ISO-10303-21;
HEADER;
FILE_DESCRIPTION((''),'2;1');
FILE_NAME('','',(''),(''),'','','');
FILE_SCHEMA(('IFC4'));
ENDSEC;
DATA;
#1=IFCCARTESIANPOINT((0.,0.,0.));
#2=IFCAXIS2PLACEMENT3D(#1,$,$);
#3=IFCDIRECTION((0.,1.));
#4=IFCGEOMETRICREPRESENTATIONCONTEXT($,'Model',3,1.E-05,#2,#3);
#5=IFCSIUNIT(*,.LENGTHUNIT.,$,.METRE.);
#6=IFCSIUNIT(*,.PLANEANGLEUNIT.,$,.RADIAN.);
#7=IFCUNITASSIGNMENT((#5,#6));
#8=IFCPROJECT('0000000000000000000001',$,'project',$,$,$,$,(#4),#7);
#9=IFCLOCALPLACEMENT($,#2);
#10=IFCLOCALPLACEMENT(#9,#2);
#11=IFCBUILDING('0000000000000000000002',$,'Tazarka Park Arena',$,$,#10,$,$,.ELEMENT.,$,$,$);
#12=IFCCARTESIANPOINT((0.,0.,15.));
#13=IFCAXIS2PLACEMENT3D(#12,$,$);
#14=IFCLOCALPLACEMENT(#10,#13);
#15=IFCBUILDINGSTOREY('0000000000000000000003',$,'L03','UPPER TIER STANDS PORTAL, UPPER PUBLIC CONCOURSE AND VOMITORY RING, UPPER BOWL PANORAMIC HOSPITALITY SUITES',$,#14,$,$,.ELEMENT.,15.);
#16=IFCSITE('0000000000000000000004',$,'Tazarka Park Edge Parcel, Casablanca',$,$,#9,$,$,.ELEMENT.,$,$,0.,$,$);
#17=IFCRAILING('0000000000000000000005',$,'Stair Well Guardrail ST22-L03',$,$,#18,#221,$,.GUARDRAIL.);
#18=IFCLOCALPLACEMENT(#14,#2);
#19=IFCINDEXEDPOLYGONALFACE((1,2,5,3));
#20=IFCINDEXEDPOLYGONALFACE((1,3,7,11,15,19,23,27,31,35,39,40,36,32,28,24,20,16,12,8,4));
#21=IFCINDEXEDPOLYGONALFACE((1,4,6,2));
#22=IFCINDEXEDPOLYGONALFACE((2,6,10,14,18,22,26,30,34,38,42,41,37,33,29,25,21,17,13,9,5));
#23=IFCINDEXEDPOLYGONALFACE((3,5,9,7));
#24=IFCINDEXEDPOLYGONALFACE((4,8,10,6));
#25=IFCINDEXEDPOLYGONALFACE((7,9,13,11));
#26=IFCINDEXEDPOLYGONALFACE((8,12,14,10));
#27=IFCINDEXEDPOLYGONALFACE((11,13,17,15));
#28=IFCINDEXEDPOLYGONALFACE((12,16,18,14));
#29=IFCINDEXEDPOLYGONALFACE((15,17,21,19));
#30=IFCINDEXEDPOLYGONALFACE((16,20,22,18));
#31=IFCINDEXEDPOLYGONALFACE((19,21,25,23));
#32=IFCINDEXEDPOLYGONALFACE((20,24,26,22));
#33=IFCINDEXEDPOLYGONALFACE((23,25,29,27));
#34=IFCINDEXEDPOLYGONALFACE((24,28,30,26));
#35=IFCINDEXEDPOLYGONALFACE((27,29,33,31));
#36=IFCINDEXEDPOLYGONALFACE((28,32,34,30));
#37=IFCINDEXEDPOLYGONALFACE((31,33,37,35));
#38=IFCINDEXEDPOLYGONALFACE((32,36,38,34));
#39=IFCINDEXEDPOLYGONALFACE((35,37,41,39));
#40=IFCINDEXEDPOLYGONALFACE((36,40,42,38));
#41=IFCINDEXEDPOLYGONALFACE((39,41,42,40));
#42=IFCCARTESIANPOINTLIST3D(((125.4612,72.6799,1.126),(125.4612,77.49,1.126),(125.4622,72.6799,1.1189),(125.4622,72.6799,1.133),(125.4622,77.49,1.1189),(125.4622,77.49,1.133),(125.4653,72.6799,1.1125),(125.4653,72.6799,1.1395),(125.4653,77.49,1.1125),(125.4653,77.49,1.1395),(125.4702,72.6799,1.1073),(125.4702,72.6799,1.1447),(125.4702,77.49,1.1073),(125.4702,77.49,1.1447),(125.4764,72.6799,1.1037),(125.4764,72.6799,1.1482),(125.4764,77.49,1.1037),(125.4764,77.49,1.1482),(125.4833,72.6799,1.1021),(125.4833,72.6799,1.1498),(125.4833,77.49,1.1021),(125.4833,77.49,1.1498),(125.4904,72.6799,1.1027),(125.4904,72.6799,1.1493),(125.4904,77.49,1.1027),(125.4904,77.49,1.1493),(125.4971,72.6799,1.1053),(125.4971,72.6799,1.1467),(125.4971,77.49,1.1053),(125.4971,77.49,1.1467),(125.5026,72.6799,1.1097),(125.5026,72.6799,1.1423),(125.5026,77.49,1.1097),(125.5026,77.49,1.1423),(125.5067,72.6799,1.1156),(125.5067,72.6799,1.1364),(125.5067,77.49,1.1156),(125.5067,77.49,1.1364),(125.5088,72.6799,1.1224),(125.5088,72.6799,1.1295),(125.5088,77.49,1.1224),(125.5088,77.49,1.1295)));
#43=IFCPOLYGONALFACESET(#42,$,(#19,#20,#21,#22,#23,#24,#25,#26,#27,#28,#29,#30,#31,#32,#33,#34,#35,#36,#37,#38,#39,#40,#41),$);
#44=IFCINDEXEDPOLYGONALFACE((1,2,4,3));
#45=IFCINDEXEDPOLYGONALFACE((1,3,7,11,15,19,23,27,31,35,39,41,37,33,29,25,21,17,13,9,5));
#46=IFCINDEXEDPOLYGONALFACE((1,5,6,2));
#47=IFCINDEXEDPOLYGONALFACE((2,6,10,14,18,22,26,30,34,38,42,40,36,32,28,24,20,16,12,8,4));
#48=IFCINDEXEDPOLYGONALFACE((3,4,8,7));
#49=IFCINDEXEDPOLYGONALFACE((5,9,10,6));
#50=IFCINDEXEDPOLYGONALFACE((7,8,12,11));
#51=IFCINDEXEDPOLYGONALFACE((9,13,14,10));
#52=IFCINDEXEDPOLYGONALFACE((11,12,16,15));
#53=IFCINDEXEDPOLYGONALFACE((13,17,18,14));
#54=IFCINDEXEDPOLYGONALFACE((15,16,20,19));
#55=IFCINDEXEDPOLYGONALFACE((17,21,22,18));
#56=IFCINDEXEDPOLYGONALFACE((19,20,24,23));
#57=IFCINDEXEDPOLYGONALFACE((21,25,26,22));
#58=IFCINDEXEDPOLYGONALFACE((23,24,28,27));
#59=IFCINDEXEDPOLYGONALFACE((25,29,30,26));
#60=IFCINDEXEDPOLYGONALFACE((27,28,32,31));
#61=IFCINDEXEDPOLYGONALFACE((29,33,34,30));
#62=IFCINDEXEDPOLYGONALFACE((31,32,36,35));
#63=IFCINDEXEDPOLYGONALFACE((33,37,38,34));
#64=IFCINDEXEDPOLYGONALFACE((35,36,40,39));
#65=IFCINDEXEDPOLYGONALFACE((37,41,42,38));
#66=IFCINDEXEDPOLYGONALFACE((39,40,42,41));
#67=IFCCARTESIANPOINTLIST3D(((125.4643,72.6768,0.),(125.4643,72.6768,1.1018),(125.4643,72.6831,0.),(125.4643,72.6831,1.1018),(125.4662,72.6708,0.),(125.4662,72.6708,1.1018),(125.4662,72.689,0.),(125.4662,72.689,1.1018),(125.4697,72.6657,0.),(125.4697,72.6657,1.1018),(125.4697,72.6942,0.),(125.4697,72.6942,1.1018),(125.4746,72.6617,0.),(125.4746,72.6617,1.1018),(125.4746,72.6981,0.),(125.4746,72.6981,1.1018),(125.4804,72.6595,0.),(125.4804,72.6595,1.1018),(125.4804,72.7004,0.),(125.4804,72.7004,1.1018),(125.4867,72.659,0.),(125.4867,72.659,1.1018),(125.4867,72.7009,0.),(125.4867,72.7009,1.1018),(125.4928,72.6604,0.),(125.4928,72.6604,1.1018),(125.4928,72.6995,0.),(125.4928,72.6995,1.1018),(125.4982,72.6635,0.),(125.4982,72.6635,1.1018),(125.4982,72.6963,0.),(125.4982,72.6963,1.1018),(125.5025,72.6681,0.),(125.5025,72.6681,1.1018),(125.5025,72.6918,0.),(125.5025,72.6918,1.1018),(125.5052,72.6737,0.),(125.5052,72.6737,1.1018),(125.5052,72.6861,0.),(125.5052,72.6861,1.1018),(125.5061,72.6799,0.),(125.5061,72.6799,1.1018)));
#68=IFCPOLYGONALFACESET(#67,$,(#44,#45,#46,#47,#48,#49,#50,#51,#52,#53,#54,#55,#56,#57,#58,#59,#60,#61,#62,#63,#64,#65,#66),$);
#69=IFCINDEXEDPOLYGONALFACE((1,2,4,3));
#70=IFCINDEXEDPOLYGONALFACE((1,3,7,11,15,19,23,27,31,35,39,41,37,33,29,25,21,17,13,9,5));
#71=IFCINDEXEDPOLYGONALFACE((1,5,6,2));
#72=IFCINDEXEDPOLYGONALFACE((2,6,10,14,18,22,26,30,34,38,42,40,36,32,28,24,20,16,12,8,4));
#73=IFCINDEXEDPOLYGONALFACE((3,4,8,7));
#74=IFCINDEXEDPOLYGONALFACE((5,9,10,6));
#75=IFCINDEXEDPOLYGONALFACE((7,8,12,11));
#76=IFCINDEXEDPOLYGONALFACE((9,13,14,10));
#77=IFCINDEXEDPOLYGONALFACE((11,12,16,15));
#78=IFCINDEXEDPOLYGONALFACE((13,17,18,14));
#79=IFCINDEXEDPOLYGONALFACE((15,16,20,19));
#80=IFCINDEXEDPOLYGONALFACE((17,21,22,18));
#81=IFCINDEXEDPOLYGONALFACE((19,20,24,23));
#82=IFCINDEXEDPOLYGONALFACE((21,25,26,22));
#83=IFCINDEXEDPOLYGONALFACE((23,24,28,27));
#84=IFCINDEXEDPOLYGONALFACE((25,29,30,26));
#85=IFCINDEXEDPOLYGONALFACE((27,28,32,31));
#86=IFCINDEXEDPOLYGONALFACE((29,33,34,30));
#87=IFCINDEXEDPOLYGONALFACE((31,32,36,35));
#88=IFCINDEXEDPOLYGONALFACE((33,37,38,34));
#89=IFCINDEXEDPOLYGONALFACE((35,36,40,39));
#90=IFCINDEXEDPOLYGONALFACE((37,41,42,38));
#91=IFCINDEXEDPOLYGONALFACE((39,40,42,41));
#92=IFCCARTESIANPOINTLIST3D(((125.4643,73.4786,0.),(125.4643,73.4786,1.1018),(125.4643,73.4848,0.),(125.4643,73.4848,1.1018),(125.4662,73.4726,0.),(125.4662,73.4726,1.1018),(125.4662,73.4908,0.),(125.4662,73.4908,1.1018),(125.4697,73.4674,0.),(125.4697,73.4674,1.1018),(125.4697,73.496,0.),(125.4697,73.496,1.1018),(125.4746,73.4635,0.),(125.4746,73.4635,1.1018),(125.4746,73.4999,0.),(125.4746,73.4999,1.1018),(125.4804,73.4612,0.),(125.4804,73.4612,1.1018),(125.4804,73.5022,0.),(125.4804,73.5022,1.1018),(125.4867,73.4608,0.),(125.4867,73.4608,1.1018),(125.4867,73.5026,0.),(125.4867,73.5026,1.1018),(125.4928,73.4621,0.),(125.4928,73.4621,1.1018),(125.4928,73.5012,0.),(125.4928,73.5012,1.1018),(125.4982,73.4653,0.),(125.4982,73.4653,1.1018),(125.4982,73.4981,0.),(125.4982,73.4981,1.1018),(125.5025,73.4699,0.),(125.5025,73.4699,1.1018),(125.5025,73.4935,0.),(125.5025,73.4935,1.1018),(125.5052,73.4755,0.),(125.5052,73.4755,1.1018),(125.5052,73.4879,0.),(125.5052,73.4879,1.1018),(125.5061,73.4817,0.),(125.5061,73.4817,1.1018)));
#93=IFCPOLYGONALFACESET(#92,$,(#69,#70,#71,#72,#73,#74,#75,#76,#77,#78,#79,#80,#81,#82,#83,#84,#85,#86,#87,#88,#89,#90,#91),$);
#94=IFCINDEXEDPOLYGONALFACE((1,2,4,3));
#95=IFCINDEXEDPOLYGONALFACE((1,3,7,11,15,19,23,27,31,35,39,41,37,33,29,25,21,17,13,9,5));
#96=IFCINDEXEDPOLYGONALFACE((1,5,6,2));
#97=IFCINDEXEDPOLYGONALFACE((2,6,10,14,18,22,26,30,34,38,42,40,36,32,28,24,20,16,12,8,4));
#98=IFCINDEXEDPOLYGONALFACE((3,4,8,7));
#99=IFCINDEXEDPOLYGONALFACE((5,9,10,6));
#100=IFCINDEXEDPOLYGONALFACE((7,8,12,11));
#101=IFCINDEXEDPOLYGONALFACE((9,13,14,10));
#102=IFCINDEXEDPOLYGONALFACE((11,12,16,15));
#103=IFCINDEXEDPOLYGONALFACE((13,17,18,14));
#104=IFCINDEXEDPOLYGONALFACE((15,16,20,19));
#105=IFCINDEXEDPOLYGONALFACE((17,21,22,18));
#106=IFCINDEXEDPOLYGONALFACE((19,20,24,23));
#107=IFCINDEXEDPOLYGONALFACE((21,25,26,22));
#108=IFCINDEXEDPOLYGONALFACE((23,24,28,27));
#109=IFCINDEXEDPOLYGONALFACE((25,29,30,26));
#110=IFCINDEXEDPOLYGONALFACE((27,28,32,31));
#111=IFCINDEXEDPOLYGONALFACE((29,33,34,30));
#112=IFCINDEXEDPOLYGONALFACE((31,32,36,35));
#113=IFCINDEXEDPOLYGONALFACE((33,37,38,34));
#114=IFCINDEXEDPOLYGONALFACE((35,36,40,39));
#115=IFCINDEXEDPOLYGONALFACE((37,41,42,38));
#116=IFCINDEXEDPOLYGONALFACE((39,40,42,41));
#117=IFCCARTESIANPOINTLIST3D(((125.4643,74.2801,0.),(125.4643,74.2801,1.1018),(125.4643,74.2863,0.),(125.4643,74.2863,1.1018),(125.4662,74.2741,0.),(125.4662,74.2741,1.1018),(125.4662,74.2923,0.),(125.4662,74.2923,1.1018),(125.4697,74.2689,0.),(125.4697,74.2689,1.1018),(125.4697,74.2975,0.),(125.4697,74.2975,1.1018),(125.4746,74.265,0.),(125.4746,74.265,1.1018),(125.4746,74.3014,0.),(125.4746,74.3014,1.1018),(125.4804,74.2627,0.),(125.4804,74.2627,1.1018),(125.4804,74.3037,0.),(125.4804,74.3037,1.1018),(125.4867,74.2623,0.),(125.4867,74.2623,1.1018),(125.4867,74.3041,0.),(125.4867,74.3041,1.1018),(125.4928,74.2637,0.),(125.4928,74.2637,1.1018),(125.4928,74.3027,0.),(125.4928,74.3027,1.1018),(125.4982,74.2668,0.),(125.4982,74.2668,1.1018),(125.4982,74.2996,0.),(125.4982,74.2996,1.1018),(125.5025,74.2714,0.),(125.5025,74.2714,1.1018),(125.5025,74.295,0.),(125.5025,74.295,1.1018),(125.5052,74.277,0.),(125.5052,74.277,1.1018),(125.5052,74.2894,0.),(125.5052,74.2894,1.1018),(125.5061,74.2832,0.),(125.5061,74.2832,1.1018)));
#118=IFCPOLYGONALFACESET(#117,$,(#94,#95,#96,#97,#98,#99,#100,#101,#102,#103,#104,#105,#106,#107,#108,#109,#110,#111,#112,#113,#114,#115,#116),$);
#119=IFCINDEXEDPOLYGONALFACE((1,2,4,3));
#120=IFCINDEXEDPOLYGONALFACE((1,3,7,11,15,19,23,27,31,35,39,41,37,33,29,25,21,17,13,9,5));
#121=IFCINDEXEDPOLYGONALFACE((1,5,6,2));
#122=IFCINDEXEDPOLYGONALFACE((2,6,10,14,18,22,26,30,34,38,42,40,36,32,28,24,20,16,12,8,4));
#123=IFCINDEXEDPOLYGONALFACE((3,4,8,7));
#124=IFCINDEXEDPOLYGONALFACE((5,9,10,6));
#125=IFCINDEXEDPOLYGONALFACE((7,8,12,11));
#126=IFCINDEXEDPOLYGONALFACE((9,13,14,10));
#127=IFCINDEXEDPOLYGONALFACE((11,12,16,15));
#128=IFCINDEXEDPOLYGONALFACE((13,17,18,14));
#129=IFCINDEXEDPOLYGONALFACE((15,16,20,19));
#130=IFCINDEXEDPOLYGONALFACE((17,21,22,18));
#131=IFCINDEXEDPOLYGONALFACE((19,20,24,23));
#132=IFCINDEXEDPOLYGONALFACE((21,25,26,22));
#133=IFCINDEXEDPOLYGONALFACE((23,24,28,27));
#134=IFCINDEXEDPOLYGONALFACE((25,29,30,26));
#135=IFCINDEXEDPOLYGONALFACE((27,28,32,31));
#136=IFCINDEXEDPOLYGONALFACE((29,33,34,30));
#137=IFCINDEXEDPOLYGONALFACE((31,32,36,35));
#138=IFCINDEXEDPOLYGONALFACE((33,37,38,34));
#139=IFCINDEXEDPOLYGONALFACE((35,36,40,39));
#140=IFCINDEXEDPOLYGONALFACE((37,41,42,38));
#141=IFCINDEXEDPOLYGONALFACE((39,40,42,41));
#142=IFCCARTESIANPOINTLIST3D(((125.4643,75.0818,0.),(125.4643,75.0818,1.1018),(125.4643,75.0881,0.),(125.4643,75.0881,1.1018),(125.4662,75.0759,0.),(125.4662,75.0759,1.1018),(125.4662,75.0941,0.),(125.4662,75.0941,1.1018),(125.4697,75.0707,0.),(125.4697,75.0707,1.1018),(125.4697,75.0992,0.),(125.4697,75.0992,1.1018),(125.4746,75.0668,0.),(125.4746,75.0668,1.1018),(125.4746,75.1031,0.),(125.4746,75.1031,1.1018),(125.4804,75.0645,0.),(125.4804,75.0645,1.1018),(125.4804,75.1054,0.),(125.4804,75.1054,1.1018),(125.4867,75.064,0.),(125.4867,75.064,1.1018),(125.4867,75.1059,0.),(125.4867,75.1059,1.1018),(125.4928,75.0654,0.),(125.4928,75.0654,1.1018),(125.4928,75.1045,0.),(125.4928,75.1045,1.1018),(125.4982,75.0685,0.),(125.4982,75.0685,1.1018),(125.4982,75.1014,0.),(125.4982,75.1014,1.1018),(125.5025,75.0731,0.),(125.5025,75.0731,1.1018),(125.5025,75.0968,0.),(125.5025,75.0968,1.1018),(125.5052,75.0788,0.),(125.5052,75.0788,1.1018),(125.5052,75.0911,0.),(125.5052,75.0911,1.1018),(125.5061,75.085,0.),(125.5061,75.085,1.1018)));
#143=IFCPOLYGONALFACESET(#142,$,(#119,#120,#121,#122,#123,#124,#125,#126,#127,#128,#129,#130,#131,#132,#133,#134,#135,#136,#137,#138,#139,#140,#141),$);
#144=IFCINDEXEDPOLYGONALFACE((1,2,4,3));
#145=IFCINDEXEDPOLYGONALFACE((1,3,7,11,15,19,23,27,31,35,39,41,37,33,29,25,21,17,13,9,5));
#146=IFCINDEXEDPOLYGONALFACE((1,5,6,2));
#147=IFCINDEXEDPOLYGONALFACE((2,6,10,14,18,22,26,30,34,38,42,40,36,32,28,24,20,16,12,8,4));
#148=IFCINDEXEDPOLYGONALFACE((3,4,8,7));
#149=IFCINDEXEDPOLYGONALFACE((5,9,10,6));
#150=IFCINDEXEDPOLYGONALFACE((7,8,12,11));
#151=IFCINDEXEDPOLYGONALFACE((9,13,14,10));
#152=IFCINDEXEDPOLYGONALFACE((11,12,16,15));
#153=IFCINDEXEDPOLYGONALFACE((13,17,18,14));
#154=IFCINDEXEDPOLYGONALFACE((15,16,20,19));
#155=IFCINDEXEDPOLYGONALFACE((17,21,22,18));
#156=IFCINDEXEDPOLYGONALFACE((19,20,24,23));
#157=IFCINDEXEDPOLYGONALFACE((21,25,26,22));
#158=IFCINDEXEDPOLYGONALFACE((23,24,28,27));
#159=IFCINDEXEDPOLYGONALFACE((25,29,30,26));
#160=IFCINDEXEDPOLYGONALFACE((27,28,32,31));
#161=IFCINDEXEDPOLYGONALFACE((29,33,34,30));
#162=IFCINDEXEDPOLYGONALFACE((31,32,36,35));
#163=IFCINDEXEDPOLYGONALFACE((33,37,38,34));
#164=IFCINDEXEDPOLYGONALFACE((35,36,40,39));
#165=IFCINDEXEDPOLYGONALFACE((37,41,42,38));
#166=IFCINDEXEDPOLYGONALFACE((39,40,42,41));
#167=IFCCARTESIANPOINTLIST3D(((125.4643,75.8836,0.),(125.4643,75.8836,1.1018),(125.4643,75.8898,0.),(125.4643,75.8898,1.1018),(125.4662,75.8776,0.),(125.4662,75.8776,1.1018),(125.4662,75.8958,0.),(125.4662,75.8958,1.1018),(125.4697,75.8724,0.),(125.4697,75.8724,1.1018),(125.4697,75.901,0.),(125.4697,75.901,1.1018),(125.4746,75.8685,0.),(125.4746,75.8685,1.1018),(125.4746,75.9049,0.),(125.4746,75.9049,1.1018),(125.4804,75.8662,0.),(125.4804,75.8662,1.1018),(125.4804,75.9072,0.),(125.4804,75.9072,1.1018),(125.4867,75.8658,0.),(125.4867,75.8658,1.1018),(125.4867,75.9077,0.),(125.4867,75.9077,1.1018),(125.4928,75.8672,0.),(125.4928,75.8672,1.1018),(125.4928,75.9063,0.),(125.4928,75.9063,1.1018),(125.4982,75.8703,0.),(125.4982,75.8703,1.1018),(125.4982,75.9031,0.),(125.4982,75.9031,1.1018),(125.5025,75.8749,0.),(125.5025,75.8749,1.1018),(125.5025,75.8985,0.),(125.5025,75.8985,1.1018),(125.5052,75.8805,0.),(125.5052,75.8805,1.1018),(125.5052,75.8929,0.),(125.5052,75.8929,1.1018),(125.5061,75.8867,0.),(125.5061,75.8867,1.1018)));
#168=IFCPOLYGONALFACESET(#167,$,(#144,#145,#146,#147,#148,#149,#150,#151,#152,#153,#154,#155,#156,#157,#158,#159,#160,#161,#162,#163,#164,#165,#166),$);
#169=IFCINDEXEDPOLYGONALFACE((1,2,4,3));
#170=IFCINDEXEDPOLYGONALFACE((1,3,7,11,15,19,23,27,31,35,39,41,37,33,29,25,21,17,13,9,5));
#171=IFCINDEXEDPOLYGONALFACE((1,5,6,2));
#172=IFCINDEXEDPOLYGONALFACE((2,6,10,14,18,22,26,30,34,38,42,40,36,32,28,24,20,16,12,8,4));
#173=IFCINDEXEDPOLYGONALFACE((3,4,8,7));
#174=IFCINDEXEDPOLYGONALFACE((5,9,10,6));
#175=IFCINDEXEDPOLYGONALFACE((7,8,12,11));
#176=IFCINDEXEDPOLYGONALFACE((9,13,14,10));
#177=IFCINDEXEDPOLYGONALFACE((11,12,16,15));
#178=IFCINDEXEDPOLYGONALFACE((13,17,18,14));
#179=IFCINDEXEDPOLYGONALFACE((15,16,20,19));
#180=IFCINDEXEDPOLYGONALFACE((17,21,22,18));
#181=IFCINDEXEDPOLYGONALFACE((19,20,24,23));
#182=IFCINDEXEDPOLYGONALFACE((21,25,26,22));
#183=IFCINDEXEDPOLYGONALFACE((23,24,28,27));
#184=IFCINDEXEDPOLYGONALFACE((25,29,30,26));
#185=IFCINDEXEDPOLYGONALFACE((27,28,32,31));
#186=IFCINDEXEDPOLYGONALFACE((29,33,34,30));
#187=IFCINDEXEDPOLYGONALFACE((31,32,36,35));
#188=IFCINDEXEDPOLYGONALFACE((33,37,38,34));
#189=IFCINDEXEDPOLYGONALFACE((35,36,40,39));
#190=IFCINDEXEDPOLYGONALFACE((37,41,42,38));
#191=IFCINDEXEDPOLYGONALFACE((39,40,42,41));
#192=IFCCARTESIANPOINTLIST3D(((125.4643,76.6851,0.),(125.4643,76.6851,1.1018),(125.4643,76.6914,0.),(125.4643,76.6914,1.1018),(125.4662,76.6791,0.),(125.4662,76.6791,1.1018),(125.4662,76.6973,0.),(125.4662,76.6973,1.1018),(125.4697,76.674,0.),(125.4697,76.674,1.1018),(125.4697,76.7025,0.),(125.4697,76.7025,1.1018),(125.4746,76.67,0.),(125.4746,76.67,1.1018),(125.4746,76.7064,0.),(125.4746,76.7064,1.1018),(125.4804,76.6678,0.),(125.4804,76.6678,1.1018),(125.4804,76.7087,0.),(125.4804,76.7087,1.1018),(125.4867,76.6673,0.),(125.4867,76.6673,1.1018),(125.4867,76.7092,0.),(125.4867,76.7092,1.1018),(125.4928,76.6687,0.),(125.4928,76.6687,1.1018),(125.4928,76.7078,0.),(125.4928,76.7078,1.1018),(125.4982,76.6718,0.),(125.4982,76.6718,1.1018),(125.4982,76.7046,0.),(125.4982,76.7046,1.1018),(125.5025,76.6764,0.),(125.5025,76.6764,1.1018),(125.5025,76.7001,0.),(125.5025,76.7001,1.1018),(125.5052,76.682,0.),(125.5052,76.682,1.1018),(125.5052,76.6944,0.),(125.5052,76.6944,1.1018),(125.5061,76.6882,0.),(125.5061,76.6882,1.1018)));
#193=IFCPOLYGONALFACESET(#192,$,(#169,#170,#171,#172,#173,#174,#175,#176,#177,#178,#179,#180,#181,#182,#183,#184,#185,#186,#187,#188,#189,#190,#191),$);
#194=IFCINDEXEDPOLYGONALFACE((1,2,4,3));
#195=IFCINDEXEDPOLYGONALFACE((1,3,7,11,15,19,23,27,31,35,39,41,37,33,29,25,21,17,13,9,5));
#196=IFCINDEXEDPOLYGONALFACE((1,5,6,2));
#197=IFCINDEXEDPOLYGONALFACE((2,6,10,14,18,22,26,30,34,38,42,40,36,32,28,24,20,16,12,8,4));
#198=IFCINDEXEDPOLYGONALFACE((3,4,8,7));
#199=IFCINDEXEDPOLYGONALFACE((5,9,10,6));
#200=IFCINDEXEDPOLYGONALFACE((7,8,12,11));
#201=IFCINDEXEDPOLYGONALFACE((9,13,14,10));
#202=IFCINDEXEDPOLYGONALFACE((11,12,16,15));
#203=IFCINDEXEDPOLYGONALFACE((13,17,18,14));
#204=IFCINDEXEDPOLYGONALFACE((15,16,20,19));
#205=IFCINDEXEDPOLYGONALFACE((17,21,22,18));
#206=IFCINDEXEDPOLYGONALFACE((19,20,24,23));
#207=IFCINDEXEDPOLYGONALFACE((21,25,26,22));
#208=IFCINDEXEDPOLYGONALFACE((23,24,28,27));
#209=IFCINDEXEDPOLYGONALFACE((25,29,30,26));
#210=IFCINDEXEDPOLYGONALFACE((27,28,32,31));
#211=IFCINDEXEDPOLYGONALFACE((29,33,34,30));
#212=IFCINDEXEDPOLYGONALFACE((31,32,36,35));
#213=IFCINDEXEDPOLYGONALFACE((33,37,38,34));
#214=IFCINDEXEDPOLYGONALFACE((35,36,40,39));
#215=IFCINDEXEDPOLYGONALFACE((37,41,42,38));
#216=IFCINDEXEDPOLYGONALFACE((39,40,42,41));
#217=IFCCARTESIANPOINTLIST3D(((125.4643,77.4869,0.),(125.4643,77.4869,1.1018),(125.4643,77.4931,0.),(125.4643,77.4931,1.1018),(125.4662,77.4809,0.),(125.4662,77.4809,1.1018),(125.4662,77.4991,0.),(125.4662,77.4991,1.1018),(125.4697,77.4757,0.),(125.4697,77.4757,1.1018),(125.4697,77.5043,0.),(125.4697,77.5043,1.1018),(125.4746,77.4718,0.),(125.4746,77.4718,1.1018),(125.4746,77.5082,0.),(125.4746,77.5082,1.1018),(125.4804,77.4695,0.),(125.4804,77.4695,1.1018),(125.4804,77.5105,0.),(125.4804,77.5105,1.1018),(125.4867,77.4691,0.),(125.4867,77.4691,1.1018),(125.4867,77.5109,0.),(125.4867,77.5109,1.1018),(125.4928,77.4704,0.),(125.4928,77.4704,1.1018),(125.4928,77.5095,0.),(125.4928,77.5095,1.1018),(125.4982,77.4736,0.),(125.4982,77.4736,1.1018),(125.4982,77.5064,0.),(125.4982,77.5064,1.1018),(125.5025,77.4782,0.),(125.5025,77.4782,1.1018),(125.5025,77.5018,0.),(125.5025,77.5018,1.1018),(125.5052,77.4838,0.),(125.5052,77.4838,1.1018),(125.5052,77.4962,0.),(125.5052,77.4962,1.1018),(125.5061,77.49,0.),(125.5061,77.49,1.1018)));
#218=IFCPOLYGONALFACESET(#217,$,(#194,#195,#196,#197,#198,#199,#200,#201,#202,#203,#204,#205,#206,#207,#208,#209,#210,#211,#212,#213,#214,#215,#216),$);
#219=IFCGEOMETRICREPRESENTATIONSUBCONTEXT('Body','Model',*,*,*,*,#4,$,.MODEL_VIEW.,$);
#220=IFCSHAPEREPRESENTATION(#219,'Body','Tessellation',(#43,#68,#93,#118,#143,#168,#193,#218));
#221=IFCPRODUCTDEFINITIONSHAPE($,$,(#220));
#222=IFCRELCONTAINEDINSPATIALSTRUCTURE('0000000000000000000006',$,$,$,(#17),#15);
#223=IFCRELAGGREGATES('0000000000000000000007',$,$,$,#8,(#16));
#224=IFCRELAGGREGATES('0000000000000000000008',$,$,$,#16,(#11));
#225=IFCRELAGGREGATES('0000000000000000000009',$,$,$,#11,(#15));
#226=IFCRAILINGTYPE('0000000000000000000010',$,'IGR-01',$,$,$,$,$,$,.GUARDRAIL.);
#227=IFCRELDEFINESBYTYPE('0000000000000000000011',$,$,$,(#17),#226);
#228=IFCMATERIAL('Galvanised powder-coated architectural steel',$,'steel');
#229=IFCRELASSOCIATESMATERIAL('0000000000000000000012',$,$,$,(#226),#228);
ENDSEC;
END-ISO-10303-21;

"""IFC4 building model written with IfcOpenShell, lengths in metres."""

from ifc_helpers import new_model, si_unit, direction, frame, origin, origin_2d, place, context, subcontext, project, spatial, circle, extrude, material, type_object, element, save


model = new_model("IFC4")

# Units and contexts
model_context = context("Model", 3, precision=1e-05, world=origin(), true_north=direction((0.0, 1.0)))
body_context = subcontext(model_context, "Body", "Model", "MODEL_VIEW")
ifc_project = project(units=[si_unit("LENGTHUNIT", "METRE"), si_unit("PLANEANGLEUNIT", "RADIAN")], contexts=[model_context])

# Site, building, storey
site_placement = place(None, origin())
site = spatial("IfcSite", under=ifc_project, at=site_placement, Name="Tazarka Park Edge Parcel, Casablanca", CompositionType="ELEMENT", RefElevation=0.0)
building_placement = place(site_placement, origin())
building = spatial("IfcBuilding", under=site, at=building_placement, Name="Tazarka Park Arena", CompositionType="ELEMENT")
storey_placement = place(building_placement, frame((0.0, 0.0, 15.0)))
storey = spatial("IfcBuildingStorey", under=building, at=storey_placement, Name="L03", Description="UPPER TIER STANDS PORTAL, UPPER PUBLIC CONCOURSE AND VOMITORY RING, UPPER BOWL PANORAMIC HOSPITALITY SUITES", CompositionType="ELEMENT", Elevation=15.0)

# Railing
ifc_material_1 = material(Name="Galvanised powder-coated architectural steel", Category="steel")
railing_type = type_object("IfcRailingType", Name="IGR-01", PredefinedType="GUARDRAIL", material=ifc_material_1)
railing_1_placement = place(storey_placement, frame((125.4851, 72.6799, 0.0)))
element("IfcRailing", 1, at=railing_1_placement, inside=storey, type_object=railing_type, Name="Stair Well Guardrail ST22-L03", PredefinedType="GUARDRAIL", context=body_context, shape_type="SweptSolid", body=[
    extrude(circle(Radius=0.0239, at=origin_2d()), frame((0.0, 0.0, 1.126), z_axis=(0.0, 1.0, 0.0), x_axis=(-1.0, 0.0, 0.0)), (0.0, 0.0, 1.0), 4.8101),
    extrude(circle(Radius=0.021, at=origin_2d()), origin(), (0.0, 0.0, 1.0), 1.1018),
    extrude(circle(Radius=0.021, at=origin_2d()), frame((0.0, 0.8018, 0.0)), (0.0, 0.0, 1.0), 1.1018),
    extrude(circle(Radius=0.021, at=origin_2d()), frame((0.0, 1.6033, 0.0)), (0.0, 0.0, 1.0), 1.1018),
    extrude(circle(Radius=0.021, at=origin_2d()), frame((0.0, 2.405, 0.0)), (0.0, 0.0, 1.0), 1.1018),
    extrude(circle(Radius=0.021, at=origin_2d()), frame((0.0, 3.2068, 0.0)), (0.0, 0.0, 1.0), 1.1018),
    extrude(circle(Radius=0.021, at=origin_2d()), frame((0.0, 4.0083, 0.0)), (0.0, 0.0, 1.0), 1.1018),
    extrude(circle(Radius=0.021, at=origin_2d()), frame((0.0, 4.8101, 0.0)), (0.0, 0.0, 1.0), 1.1018),
])

save(model, "model.ifc")
